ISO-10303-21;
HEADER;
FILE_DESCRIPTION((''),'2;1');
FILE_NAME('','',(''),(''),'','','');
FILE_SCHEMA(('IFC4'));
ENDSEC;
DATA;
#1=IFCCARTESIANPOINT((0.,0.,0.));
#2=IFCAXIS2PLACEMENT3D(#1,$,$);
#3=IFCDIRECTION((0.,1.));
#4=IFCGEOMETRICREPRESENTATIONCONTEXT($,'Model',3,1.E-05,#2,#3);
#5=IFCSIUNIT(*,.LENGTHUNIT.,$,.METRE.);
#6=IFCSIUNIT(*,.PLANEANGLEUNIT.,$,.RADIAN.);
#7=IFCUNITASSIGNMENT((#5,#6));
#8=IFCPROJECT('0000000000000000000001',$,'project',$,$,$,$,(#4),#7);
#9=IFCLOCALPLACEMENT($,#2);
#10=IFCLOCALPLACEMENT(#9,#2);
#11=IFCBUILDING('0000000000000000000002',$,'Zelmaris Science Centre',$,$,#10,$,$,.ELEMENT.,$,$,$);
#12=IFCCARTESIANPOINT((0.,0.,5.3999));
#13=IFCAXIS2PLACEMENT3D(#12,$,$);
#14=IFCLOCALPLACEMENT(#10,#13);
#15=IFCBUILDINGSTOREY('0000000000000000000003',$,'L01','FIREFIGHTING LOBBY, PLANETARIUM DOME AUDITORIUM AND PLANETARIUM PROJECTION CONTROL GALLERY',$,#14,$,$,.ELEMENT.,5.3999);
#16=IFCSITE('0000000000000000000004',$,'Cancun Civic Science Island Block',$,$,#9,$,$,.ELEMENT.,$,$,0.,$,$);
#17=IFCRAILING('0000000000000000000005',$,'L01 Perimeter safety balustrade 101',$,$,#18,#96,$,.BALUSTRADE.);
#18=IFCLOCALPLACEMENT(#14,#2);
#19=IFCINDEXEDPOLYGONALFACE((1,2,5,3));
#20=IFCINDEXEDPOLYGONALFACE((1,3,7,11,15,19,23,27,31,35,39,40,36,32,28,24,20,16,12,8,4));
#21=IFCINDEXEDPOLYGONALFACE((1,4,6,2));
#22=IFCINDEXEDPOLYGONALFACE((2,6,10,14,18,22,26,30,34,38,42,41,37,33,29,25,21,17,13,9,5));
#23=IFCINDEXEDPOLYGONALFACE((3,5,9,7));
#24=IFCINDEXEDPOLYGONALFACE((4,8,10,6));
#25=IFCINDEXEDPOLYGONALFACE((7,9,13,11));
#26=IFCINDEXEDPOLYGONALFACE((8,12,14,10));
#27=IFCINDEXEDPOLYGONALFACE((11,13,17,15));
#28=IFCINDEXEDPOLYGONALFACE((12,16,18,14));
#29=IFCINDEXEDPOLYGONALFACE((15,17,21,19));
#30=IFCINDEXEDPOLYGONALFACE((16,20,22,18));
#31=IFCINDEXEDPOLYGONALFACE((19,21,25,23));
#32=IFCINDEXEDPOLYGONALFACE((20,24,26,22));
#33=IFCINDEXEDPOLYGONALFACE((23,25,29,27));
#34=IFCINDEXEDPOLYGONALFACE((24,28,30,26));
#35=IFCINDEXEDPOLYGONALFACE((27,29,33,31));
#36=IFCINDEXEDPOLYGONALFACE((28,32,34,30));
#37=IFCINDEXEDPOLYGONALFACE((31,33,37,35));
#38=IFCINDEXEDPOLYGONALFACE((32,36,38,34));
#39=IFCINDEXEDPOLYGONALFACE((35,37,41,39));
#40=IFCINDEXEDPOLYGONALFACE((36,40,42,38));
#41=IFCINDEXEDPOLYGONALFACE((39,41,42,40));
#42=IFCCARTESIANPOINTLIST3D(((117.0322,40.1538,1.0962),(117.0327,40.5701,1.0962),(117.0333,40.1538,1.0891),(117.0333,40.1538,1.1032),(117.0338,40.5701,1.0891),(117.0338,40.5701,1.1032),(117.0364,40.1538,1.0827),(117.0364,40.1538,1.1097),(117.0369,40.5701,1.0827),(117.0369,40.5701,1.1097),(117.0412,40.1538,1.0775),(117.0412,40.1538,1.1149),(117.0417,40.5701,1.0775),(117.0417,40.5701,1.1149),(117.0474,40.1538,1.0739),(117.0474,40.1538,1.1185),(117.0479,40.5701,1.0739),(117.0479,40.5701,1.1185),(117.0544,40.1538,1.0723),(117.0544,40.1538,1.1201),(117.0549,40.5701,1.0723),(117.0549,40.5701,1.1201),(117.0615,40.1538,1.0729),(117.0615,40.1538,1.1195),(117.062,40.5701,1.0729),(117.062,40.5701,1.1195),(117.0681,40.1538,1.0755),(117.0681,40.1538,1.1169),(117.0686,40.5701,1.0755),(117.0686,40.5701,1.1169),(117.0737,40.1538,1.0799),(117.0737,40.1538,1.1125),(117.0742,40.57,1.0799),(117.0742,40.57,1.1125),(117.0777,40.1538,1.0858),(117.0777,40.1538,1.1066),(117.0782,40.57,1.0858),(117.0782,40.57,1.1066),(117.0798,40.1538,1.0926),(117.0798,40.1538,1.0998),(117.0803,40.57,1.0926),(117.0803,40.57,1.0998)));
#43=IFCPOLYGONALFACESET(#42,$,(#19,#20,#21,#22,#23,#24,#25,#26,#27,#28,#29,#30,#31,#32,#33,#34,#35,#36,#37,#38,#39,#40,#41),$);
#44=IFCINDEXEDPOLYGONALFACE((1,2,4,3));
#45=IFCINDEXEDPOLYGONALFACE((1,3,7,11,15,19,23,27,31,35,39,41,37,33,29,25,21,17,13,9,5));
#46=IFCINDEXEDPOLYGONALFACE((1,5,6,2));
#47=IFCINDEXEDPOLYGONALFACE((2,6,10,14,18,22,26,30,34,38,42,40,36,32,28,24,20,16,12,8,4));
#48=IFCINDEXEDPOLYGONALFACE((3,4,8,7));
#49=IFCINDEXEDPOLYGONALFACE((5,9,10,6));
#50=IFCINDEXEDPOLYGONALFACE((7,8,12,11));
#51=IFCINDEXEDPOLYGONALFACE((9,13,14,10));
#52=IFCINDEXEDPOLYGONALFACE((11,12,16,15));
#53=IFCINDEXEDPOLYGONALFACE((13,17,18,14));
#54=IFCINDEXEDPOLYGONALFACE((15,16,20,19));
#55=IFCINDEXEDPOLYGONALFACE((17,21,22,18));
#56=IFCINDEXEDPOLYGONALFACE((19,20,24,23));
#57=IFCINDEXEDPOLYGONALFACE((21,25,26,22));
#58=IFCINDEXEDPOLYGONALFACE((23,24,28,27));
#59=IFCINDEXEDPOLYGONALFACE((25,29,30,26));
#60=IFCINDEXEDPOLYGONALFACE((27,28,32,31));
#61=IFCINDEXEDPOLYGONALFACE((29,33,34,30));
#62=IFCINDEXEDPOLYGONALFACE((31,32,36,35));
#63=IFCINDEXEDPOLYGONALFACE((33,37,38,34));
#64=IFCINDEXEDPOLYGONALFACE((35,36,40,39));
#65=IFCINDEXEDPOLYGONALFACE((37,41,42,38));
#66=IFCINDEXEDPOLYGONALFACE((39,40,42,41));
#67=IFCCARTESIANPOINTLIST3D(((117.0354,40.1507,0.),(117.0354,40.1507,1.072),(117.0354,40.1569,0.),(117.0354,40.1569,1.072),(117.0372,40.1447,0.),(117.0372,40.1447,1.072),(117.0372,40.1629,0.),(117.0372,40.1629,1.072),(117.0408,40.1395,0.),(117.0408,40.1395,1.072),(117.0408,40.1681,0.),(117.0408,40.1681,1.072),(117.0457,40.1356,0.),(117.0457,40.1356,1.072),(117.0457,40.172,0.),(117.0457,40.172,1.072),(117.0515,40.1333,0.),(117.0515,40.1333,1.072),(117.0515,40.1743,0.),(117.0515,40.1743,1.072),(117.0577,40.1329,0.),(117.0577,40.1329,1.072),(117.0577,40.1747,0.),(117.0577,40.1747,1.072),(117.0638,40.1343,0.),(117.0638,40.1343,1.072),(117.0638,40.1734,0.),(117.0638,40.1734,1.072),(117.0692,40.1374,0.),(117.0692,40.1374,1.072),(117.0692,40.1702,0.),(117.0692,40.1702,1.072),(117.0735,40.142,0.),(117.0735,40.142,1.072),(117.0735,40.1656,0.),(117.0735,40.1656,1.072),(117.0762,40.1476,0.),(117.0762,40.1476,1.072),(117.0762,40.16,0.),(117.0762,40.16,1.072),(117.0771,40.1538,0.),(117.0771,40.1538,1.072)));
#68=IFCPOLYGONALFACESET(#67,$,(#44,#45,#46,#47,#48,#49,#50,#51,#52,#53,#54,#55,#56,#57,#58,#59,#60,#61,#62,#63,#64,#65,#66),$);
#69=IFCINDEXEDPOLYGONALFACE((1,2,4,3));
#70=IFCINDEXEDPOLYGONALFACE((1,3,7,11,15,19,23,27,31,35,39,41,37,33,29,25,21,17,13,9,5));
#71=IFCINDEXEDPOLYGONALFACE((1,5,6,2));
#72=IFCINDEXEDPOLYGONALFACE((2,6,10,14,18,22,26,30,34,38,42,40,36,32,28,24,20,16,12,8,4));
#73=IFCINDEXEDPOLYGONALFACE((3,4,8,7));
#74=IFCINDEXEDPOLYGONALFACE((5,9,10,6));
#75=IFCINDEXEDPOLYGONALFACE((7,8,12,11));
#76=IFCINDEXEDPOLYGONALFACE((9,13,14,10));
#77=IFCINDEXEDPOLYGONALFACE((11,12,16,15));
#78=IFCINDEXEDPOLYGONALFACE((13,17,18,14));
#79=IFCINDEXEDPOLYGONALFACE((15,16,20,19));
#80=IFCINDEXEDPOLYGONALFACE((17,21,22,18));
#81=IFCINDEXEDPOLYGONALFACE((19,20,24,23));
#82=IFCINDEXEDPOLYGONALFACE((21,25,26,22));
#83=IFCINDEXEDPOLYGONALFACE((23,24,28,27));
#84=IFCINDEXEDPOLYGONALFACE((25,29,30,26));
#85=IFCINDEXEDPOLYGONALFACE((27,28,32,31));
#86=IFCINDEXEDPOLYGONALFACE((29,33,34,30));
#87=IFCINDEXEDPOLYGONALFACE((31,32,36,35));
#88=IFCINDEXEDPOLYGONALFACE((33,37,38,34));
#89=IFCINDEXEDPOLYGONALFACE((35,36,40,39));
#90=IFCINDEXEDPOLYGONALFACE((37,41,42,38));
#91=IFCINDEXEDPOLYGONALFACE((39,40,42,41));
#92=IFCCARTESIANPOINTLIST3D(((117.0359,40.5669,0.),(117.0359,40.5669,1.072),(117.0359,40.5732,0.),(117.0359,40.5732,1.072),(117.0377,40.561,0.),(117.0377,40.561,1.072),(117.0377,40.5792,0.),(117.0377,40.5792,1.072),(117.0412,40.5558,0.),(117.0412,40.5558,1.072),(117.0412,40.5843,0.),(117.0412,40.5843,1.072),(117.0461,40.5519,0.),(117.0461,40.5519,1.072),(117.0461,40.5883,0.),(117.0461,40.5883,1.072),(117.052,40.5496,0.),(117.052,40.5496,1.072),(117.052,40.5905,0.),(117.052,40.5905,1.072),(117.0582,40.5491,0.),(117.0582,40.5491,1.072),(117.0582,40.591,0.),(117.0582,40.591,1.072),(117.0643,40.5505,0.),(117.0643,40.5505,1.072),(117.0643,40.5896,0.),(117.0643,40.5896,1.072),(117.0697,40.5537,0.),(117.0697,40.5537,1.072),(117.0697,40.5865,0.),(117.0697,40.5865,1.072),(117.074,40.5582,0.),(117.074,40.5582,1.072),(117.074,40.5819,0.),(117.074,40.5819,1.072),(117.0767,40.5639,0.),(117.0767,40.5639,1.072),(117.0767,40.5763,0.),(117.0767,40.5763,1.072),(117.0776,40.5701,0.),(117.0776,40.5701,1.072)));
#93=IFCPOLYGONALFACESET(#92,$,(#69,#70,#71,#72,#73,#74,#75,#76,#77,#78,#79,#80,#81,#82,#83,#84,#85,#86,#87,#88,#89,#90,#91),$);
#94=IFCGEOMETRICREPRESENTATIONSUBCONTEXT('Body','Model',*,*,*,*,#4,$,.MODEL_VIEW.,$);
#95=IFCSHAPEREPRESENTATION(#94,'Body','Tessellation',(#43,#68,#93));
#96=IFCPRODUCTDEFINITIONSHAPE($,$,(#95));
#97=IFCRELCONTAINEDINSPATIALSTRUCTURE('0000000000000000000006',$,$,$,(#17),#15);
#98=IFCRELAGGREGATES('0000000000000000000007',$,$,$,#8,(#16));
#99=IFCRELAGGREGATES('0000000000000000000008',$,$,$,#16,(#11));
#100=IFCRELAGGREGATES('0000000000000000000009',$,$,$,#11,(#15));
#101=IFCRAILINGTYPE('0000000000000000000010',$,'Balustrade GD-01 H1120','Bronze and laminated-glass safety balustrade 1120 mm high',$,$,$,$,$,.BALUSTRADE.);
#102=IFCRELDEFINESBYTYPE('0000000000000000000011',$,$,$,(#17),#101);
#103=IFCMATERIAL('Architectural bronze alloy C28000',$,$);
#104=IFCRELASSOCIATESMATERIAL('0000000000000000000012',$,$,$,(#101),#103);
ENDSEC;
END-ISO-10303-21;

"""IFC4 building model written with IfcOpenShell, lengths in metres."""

from ifc_helpers import new_model, si_unit, direction, frame, origin, origin_2d, place, context, subcontext, project, spatial, circle, extrude, material, type_object, element, save


model = new_model("IFC4")

# Units and contexts
model_context = context("Model", 3, precision=1e-05, world=origin(), true_north=direction((0.0, 1.0)))
body_context = subcontext(model_context, "Body", "Model", "MODEL_VIEW")
ifc_project = project(units=[si_unit("LENGTHUNIT", "METRE"), si_unit("PLANEANGLEUNIT", "RADIAN")], contexts=[model_context])

# Site, building, storey
site_placement = place(None, origin())
site = spatial("IfcSite", under=ifc_project, at=site_placement, Name="Cancun Civic Science Island Block", CompositionType="ELEMENT", RefElevation=0.0)
building_placement = place(site_placement, origin())
building = spatial("IfcBuilding", under=site, at=building_placement, Name="Zelmaris Science Centre", CompositionType="ELEMENT")
storey_placement = place(building_placement, frame((0.0, 0.0, 5.3999)))
storey = spatial("IfcBuildingStorey", under=building, at=storey_placement, Name="L01", Description="FIREFIGHTING LOBBY, PLANETARIUM DOME AUDITORIUM AND PLANETARIUM PROJECTION CONTROL GALLERY", CompositionType="ELEMENT", Elevation=5.3999)

# Railing
ifc_material_1 = material(Name="Architectural bronze alloy C28000")
railing_type = type_object("IfcRailingType", Name="Balustrade GD-01 H1120", Description="Bronze and laminated-glass safety balustrade 1120 mm high", PredefinedType="BALUSTRADE", material=ifc_material_1)
railing_1_placement = place(storey_placement, frame((117.0562, 40.1538, 0.0)))
element("IfcRailing", 1, at=railing_1_placement, inside=storey, type_object=railing_type, Name="L01 Perimeter safety balustrade 101", PredefinedType="BALUSTRADE", context=body_context, shape_type="SweptSolid", body=[
    extrude(circle(Radius=0.0239, at=origin_2d()), frame((0.0, 0.0, 1.0962), z_axis=(0.001173, 0.999999, 0.0), x_axis=(-0.999999, 0.001173, 0.0)), (0.0, 0.0, 1.0), 0.4163),
    extrude(circle(Radius=0.021, at=origin_2d()), origin(), (0.0, 0.0, 1.0), 1.072),
    extrude(circle(Radius=0.021, at=origin_2d()), frame((0.0005, 0.4163, 0.0)), (0.0, 0.0, 1.0), 1.072),
])

save(model, "model.ifc")
